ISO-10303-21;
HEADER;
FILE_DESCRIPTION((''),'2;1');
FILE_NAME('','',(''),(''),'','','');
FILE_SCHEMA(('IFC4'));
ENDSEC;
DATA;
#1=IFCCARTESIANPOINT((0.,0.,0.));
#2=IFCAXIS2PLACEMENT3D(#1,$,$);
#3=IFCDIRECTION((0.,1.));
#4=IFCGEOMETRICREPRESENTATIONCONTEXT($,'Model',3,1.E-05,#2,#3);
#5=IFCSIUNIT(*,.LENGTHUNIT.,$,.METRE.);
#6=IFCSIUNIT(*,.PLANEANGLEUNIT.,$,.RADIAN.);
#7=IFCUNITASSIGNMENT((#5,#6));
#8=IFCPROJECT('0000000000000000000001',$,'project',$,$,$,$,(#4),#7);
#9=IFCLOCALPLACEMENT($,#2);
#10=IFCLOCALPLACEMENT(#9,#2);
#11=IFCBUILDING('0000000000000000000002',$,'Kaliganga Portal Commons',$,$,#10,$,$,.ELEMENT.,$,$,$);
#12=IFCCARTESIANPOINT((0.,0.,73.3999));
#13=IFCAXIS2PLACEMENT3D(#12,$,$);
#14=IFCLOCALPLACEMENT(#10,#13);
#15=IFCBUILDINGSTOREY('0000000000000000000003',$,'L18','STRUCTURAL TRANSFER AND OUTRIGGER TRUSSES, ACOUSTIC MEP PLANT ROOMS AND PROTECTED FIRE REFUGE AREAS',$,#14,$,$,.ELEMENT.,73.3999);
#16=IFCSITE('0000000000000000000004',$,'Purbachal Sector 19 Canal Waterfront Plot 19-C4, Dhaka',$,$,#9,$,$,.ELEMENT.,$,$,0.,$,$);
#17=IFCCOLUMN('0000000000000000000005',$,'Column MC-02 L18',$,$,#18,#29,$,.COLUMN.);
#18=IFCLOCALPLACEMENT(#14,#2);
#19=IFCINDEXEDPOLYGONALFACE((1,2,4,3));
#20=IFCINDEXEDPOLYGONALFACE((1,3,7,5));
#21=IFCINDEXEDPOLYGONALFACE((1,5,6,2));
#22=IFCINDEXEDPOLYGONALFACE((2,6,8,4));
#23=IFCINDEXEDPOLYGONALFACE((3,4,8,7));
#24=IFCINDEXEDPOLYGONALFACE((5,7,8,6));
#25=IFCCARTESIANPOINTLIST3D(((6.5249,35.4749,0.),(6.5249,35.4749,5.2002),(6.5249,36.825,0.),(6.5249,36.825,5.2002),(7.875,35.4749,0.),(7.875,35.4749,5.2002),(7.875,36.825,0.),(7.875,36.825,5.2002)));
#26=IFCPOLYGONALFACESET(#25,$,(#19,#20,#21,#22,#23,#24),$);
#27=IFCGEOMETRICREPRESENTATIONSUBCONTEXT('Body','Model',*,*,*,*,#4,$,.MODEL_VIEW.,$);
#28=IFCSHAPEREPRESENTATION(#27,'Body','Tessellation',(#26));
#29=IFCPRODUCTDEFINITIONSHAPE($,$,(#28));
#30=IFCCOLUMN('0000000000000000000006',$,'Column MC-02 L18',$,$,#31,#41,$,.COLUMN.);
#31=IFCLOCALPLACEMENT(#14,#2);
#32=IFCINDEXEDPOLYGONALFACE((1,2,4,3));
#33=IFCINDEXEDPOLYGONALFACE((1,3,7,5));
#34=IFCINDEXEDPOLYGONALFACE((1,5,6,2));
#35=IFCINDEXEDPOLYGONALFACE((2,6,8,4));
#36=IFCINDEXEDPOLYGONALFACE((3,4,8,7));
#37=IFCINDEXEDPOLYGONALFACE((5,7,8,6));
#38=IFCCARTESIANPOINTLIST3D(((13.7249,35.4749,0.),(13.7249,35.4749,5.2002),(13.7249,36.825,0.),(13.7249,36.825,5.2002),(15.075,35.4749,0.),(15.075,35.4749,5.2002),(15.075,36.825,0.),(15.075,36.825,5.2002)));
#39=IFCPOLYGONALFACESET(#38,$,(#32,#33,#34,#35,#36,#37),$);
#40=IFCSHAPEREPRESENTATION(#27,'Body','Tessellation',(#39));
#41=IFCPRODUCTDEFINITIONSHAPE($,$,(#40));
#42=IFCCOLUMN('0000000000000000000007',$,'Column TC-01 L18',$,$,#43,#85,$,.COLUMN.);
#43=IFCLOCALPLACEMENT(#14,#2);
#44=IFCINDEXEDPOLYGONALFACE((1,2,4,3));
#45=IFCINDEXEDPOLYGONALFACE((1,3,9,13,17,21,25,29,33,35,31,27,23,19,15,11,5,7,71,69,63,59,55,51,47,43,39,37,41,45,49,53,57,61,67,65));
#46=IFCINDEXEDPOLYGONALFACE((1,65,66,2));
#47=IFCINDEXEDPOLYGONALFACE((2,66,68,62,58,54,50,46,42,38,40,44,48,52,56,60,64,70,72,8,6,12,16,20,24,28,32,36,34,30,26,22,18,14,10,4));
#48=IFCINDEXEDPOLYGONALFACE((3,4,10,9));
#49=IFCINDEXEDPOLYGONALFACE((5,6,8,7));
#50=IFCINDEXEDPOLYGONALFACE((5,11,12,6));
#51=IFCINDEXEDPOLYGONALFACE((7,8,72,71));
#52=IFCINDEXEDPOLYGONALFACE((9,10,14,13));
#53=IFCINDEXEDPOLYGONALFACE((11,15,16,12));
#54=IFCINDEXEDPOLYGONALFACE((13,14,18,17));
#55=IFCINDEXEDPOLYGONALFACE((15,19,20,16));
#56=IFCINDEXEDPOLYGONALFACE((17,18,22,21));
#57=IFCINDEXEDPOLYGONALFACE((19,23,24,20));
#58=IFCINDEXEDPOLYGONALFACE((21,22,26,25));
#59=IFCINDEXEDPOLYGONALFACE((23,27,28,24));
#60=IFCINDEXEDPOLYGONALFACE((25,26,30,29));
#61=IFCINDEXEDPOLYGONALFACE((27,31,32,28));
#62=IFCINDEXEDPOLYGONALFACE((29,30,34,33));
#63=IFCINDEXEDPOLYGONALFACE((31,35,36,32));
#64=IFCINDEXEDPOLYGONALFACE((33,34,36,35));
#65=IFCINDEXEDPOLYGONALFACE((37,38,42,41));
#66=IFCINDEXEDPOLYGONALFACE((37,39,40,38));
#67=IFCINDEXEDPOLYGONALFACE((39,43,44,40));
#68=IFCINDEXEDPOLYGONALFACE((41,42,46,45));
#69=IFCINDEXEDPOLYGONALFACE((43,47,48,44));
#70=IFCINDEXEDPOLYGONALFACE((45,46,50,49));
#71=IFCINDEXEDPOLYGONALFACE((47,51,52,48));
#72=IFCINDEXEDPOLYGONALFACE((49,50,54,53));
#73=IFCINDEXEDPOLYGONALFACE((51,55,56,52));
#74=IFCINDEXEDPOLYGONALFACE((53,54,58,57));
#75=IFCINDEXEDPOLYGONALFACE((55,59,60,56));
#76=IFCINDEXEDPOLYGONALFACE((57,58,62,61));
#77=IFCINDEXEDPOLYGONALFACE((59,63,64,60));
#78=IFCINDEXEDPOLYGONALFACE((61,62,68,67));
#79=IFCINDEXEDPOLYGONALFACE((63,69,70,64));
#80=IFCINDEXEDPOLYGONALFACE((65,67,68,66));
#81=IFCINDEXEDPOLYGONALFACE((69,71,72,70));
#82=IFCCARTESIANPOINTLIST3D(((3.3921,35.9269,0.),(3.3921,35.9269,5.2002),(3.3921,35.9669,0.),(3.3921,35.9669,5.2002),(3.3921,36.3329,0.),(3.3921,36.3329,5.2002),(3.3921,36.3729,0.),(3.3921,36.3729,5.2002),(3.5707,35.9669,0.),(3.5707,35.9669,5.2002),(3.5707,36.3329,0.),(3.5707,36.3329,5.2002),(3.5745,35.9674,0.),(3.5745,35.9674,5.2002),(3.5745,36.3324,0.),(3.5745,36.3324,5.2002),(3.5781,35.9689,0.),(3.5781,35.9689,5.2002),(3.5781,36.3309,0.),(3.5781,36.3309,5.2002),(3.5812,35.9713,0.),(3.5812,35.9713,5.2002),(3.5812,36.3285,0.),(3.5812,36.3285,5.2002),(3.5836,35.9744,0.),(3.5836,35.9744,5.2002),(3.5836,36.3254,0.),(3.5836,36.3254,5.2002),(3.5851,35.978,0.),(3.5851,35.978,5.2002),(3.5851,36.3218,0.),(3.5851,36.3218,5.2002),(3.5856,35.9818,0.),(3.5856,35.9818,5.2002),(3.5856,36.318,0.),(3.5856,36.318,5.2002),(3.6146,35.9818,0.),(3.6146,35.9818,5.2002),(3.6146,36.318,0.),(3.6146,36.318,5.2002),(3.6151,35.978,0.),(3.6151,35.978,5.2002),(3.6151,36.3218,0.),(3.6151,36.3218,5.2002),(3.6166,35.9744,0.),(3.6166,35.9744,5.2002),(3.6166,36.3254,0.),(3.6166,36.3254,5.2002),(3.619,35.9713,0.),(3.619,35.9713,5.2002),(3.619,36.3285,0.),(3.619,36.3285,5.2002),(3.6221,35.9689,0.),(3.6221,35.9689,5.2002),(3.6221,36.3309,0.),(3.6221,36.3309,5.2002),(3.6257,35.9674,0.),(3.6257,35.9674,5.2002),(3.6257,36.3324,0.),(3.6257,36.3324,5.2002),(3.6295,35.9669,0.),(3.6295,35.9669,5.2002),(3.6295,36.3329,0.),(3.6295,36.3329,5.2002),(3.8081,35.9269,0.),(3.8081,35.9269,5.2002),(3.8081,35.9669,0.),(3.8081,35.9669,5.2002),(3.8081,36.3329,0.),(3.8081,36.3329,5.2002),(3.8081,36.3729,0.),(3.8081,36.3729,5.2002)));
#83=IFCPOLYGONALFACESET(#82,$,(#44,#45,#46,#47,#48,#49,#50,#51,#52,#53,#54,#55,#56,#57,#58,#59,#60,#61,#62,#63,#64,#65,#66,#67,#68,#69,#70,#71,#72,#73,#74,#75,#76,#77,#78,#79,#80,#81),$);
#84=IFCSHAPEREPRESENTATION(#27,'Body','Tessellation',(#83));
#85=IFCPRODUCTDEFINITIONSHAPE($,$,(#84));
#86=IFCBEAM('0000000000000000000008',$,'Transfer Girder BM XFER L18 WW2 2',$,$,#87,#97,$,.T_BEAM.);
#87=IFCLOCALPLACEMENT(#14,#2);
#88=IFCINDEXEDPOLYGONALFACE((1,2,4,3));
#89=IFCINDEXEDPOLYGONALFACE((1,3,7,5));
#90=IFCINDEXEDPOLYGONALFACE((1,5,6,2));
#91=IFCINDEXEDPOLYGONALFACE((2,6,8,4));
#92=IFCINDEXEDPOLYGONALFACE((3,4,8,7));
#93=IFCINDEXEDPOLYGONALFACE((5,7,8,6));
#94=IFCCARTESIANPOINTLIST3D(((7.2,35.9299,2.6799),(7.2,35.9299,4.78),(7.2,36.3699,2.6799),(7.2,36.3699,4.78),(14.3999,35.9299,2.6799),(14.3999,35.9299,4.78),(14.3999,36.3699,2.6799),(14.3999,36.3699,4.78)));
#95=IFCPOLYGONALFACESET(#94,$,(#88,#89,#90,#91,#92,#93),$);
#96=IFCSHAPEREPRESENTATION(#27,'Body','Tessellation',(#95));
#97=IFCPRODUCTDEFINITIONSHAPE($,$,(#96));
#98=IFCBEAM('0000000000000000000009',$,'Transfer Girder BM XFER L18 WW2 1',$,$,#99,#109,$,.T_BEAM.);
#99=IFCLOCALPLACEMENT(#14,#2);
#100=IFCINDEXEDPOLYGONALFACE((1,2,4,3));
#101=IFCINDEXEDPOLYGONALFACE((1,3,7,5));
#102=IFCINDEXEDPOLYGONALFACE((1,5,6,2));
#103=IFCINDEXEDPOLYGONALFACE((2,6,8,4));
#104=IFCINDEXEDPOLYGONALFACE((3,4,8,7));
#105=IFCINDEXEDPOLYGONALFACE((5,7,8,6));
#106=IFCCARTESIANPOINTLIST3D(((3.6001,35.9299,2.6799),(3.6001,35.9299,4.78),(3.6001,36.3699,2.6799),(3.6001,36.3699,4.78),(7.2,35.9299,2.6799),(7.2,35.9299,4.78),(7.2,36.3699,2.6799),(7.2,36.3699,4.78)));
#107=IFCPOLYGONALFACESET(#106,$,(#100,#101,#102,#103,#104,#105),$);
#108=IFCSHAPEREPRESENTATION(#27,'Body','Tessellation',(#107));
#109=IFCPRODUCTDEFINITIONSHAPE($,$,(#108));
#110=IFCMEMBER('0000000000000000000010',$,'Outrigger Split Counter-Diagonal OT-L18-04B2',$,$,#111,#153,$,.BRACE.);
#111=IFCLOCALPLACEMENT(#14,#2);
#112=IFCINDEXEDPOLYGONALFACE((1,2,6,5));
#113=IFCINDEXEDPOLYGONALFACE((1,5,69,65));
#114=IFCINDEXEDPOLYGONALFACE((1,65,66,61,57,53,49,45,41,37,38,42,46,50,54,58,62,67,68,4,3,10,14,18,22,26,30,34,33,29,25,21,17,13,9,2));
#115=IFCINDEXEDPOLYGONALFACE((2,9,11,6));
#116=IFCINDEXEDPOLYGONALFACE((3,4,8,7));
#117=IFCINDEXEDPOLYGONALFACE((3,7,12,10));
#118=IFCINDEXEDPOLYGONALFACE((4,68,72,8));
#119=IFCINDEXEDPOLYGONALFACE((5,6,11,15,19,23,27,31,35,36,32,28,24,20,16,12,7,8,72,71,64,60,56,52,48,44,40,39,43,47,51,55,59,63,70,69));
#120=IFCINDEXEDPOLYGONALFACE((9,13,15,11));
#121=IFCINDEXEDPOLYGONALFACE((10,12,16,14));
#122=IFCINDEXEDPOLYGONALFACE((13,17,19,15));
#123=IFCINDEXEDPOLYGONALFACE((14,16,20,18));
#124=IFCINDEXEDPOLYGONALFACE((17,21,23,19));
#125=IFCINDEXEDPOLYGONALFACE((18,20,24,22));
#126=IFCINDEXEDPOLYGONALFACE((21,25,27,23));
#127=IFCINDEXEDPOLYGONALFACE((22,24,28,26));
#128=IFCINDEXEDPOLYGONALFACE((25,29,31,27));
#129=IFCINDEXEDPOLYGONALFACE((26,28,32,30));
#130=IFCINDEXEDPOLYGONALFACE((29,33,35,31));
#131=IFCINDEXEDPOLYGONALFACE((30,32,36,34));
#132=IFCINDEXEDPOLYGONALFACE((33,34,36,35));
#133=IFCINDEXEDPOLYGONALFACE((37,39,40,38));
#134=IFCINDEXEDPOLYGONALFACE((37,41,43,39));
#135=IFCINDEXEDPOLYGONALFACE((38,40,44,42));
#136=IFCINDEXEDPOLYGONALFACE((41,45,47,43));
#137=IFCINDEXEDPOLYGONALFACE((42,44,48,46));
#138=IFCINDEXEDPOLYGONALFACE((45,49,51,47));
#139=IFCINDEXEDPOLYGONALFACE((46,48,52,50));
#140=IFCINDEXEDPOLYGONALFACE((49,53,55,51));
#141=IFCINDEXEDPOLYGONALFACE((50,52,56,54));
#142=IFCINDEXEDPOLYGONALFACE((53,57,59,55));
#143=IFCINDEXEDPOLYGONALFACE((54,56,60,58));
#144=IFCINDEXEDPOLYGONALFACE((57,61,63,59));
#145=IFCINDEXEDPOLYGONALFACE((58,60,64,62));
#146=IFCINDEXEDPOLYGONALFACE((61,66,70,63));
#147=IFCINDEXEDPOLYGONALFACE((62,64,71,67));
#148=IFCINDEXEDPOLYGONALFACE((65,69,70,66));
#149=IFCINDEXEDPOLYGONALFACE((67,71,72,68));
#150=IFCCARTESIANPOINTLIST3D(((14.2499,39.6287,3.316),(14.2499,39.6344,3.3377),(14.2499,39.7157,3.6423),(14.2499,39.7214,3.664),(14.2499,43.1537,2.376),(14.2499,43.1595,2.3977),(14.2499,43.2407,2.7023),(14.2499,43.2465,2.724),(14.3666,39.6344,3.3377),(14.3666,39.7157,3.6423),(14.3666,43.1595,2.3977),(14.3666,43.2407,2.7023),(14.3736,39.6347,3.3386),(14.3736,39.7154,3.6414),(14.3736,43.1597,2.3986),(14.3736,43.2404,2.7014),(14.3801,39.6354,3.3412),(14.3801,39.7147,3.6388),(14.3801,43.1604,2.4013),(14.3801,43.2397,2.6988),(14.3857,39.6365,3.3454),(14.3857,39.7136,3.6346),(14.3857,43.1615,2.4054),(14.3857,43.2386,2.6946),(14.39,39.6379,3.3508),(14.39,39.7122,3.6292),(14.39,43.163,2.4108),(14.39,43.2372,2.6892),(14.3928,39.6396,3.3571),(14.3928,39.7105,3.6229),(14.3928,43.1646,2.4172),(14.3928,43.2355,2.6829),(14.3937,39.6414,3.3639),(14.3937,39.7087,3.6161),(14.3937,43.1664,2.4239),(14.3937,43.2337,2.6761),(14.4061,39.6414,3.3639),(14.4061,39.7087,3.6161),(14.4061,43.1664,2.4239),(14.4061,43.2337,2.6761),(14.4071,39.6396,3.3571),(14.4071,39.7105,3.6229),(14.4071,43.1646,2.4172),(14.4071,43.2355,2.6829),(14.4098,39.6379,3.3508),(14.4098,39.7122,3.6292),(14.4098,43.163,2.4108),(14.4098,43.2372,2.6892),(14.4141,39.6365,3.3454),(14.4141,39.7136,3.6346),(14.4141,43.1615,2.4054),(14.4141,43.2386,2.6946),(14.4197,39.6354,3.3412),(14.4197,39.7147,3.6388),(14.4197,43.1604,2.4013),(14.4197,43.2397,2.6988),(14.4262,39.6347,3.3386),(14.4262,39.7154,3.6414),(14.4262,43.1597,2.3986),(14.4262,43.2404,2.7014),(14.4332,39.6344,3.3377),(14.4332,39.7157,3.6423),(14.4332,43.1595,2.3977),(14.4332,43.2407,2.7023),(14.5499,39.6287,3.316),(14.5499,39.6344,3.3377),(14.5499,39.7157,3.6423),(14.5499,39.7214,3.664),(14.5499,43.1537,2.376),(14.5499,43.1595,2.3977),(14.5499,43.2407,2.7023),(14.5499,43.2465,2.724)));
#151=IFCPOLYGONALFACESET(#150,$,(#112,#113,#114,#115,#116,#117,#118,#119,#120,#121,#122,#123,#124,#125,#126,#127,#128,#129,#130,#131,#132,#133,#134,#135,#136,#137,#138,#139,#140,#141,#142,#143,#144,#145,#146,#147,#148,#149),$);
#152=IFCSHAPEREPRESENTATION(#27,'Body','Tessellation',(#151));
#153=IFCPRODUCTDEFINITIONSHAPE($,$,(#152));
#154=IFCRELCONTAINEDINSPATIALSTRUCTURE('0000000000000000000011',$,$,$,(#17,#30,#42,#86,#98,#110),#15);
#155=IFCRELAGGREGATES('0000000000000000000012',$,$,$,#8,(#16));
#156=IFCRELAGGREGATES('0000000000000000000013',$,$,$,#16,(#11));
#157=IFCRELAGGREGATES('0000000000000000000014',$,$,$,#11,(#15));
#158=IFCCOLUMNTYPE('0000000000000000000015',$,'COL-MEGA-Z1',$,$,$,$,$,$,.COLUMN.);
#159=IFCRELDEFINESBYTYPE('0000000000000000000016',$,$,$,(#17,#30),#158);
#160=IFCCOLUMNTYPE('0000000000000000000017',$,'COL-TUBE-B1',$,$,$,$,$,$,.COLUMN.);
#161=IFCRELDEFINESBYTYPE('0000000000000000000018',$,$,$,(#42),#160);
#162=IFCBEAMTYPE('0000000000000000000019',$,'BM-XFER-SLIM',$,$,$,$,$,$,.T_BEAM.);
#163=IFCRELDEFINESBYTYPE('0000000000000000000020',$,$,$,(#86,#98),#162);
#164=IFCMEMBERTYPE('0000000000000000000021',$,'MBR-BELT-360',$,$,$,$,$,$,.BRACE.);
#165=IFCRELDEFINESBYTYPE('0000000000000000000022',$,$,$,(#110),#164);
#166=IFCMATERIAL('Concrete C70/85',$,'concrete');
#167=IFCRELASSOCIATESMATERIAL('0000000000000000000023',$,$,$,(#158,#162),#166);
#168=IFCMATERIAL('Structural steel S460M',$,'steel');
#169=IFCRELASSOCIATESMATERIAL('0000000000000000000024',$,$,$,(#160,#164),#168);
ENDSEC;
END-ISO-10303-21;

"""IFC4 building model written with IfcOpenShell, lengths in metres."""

from ifc_helpers import new_model, si_unit, direction, frame, origin, origin_2d, place, context, subcontext, project, spatial, rectangle, i_section, extrude, source, transform, mapped, material, material_profile, profile_set, type_object, element, save


model = new_model("IFC4")

# Units and contexts
model_context = context("Model", 3, precision=1e-05, world=origin(), true_north=direction((0.0, 1.0)))
body_context = subcontext(model_context, "Body", "Model", "MODEL_VIEW")
ifc_project = project(units=[si_unit("LENGTHUNIT", "METRE"), si_unit("PLANEANGLEUNIT", "RADIAN")], contexts=[model_context])

# Site, building, storey
site_placement = place(None, origin())
site = spatial("IfcSite", under=ifc_project, at=site_placement, Name="Purbachal Sector 19 Canal Waterfront Plot 19-C4, Dhaka", CompositionType="ELEMENT", RefElevation=0.0)
building_placement = place(site_placement, origin())
building = spatial("IfcBuilding", under=site, at=building_placement, Name="Kaliganga Portal Commons", CompositionType="ELEMENT")
storey_placement = place(building_placement, frame((0.0, 0.0, 73.3999)))
storey = spatial("IfcBuildingStorey", under=building, at=storey_placement, Name="L18", Description="STRUCTURAL TRANSFER AND OUTRIGGER TRUSSES, ACOUSTIC MEP PLANT ROOMS AND PROTECTED FIRE REFUGE AREAS", CompositionType="ELEMENT", Elevation=73.3999)

# Columns
ifc_material_1 = material(Name="Concrete C70/85", Category="concrete")
ifc_material_profile_1 = material_profile(ifc_material_1, rectangle(XDim=1.3501, YDim=1.3501, at=origin_2d()), Name="RC 1350x1350")
ifc_profile_set_1 = profile_set([ifc_material_profile_1], Name="Concrete C70/85")
column_type_1 = type_object("IfcColumnType", Name="COL-MEGA-Z1", PredefinedType="COLUMN", material=ifc_profile_set_1)
shared_shape_1 = source(origin(), body_context, "Body", "SweptSolid", [
    extrude(rectangle(XDim=1.3501, YDim=1.3501, at=origin_2d()), origin(), (0.0, 0.0, 1.0), 5.2002),
])
for number, where, z_axis, x_axis, name in (
    (1, (7.2, 36.1499, 0.0), (0.0, 0.0, 1.0), (1.0, 0.0, 0.0), "Column MC-02 L18"),
    (2, (14.3999, 36.1499, 0.0), (0.0, 0.0, 1.0), (1.0, 0.0, 0.0), "Column MC-02 L18"),
):
    element("IfcColumn", number, at=place(storey_placement, frame(where, z_axis=z_axis, x_axis=x_axis)), inside=storey, type_object=column_type_1, Name=name, PredefinedType="COLUMN", context=body_context, shape_type="MappedRepresentation", body=[
        mapped(shared_shape_1, transform((0.0, 0.0, 0.0), x_axis=(1.0, 0.0, 0.0), y_axis=(0.0, 1.0, 0.0), z_axis=(0.0, 0.0, 1.0), scale=1.0)),
    ])
ifc_material_2 = material(Name="Structural steel S460M", Category="steel")
ifc_material_profile_2 = material_profile(ifc_material_2, i_section(OverallWidth=0.416, OverallDepth=0.446, WebThickness=0.0291, FlangeThickness=0.04, FilletRadius=0.0149, at=origin_2d()), Name="HD 400x509")
ifc_profile_set_2 = profile_set([ifc_material_profile_2], Name="Structural steel S460M wide-flange")
column_type_2 = type_object("IfcColumnType", Name="COL-TUBE-B1", PredefinedType="COLUMN", material=ifc_profile_set_2)
shared_shape_2 = source(origin(), body_context, "Body", "SweptSolid", [
    extrude(i_section(OverallWidth=0.416, OverallDepth=0.446, WebThickness=0.0291, FlangeThickness=0.04, FilletRadius=0.0149, at=origin_2d()), origin(), (0.0, 0.0, 1.0), 5.2002),
])
column_placement = place(storey_placement, frame((3.6001, 36.1499, 0.0), z_axis=(0.0, 0.0, 1.0), x_axis=(1.0, 0.0, 0.0)))
element("IfcColumn", 3, at=column_placement, inside=storey, type_object=column_type_2, Name="Column TC-01 L18", PredefinedType="COLUMN", context=body_context, shape_type="MappedRepresentation", body=[
    mapped(shared_shape_2, transform((0.0, 0.0, 0.0), x_axis=(1.0, 0.0, 0.0), y_axis=(0.0, 1.0, 0.0), z_axis=(0.0, 0.0, 1.0), scale=1.0)),
])

# Beams
ifc_material_profile_3 = material_profile(ifc_material_1, rectangle(XDim=0.4399, YDim=2.1001, at=origin_2d()), Name="RC 440x2100")
ifc_profile_set_3 = profile_set([ifc_material_profile_3], Name="Concrete C70/85")
beam_type = type_object("IfcBeamType", Name="BM-XFER-SLIM", PredefinedType="T_BEAM", material=ifc_profile_set_3)
shared_shape_3 = source(origin(), body_context, "Body", "SweptSolid", [
    extrude(rectangle(XDim=0.4399, YDim=2.1001, at=origin_2d()), origin(), (0.0, 0.0, 1.0), 7.2),
])
beam_1_placement = place(storey_placement, frame((7.2, 36.1499, 3.73), z_axis=(1.0, 0.0, 0.0), x_axis=(0.0, 1.0, 0.0)))
element("IfcBeam", 4, at=beam_1_placement, inside=storey, type_object=beam_type, Name="Transfer Girder BM XFER L18 WW2 2", PredefinedType="T_BEAM", context=body_context, shape_type="MappedRepresentation", body=[
    mapped(shared_shape_3, transform((0.0, 0.0, 0.0), x_axis=(1.0, 0.0, 0.0), y_axis=(0.0, 1.0, 0.0), z_axis=(0.0, 0.0, 1.0), scale=1.0)),
])
shared_shape_4 = source(origin(), body_context, "Body", "SweptSolid", [
    extrude(rectangle(XDim=0.4399, YDim=2.1001, at=origin_2d()), origin(), (0.0, 0.0, 1.0), 3.5999),
])
beam_2_placement = place(storey_placement, frame((3.6001, 36.1499, 3.73), z_axis=(1.0, 0.0, 0.0), x_axis=(0.0, 1.0, 0.0)))
element("IfcBeam", 5, at=beam_2_placement, inside=storey, type_object=beam_type, Name="Transfer Girder BM XFER L18 WW2 1", PredefinedType="T_BEAM", context=body_context, shape_type="MappedRepresentation", body=[
    mapped(shared_shape_4, transform((0.0, 0.0, 0.0), x_axis=(1.0, 0.0, 0.0), y_axis=(0.0, 1.0, 0.0), z_axis=(0.0, 0.0, 1.0), scale=1.0)),
])

# Member
ifc_material_profile_4 = material_profile(ifc_material_2, i_section(OverallWidth=0.3, OverallDepth=0.3601, WebThickness=0.0125, FlangeThickness=0.0225, FilletRadius=0.0271, at=origin_2d()), Name="HE 360 B")
ifc_profile_set_4 = profile_set([ifc_material_profile_4], Name="Structural steel S460M wide-flange")
member_type_1 = type_object("IfcMemberType", Name="MBR-BELT-360", PredefinedType="BRACE", material=ifc_profile_set_4)
shared_shape_5 = source(origin(), body_context, "Body", "SweptSolid", [
    extrude(i_section(OverallWidth=0.3, OverallDepth=0.3601, WebThickness=0.0125, FlangeThickness=0.0225, FilletRadius=0.0271, at=origin_2d()), origin(), (0.0, 0.0, 1.0), 3.6482),
])
member_1_placement = place(storey_placement, frame((14.3999, 39.675, 3.49), z_axis=(0.0, 0.966237, -0.257654), x_axis=(-1.0, 0.0, 0.0)))
element("IfcMember", 6, at=member_1_placement, inside=storey, type_object=member_type_1, Name="Outrigger Split Counter-Diagonal OT-L18-04B2", PredefinedType="BRACE", context=body_context, shape_type="MappedRepresentation", body=[
    mapped(shared_shape_5, transform((0.0, 0.0, 0.0), x_axis=(1.0, 0.0, 0.0), y_axis=(0.0, 1.0, 0.0), z_axis=(0.0, 0.0, 1.0), scale=1.0)),
])

save(model, "model.ifc")
